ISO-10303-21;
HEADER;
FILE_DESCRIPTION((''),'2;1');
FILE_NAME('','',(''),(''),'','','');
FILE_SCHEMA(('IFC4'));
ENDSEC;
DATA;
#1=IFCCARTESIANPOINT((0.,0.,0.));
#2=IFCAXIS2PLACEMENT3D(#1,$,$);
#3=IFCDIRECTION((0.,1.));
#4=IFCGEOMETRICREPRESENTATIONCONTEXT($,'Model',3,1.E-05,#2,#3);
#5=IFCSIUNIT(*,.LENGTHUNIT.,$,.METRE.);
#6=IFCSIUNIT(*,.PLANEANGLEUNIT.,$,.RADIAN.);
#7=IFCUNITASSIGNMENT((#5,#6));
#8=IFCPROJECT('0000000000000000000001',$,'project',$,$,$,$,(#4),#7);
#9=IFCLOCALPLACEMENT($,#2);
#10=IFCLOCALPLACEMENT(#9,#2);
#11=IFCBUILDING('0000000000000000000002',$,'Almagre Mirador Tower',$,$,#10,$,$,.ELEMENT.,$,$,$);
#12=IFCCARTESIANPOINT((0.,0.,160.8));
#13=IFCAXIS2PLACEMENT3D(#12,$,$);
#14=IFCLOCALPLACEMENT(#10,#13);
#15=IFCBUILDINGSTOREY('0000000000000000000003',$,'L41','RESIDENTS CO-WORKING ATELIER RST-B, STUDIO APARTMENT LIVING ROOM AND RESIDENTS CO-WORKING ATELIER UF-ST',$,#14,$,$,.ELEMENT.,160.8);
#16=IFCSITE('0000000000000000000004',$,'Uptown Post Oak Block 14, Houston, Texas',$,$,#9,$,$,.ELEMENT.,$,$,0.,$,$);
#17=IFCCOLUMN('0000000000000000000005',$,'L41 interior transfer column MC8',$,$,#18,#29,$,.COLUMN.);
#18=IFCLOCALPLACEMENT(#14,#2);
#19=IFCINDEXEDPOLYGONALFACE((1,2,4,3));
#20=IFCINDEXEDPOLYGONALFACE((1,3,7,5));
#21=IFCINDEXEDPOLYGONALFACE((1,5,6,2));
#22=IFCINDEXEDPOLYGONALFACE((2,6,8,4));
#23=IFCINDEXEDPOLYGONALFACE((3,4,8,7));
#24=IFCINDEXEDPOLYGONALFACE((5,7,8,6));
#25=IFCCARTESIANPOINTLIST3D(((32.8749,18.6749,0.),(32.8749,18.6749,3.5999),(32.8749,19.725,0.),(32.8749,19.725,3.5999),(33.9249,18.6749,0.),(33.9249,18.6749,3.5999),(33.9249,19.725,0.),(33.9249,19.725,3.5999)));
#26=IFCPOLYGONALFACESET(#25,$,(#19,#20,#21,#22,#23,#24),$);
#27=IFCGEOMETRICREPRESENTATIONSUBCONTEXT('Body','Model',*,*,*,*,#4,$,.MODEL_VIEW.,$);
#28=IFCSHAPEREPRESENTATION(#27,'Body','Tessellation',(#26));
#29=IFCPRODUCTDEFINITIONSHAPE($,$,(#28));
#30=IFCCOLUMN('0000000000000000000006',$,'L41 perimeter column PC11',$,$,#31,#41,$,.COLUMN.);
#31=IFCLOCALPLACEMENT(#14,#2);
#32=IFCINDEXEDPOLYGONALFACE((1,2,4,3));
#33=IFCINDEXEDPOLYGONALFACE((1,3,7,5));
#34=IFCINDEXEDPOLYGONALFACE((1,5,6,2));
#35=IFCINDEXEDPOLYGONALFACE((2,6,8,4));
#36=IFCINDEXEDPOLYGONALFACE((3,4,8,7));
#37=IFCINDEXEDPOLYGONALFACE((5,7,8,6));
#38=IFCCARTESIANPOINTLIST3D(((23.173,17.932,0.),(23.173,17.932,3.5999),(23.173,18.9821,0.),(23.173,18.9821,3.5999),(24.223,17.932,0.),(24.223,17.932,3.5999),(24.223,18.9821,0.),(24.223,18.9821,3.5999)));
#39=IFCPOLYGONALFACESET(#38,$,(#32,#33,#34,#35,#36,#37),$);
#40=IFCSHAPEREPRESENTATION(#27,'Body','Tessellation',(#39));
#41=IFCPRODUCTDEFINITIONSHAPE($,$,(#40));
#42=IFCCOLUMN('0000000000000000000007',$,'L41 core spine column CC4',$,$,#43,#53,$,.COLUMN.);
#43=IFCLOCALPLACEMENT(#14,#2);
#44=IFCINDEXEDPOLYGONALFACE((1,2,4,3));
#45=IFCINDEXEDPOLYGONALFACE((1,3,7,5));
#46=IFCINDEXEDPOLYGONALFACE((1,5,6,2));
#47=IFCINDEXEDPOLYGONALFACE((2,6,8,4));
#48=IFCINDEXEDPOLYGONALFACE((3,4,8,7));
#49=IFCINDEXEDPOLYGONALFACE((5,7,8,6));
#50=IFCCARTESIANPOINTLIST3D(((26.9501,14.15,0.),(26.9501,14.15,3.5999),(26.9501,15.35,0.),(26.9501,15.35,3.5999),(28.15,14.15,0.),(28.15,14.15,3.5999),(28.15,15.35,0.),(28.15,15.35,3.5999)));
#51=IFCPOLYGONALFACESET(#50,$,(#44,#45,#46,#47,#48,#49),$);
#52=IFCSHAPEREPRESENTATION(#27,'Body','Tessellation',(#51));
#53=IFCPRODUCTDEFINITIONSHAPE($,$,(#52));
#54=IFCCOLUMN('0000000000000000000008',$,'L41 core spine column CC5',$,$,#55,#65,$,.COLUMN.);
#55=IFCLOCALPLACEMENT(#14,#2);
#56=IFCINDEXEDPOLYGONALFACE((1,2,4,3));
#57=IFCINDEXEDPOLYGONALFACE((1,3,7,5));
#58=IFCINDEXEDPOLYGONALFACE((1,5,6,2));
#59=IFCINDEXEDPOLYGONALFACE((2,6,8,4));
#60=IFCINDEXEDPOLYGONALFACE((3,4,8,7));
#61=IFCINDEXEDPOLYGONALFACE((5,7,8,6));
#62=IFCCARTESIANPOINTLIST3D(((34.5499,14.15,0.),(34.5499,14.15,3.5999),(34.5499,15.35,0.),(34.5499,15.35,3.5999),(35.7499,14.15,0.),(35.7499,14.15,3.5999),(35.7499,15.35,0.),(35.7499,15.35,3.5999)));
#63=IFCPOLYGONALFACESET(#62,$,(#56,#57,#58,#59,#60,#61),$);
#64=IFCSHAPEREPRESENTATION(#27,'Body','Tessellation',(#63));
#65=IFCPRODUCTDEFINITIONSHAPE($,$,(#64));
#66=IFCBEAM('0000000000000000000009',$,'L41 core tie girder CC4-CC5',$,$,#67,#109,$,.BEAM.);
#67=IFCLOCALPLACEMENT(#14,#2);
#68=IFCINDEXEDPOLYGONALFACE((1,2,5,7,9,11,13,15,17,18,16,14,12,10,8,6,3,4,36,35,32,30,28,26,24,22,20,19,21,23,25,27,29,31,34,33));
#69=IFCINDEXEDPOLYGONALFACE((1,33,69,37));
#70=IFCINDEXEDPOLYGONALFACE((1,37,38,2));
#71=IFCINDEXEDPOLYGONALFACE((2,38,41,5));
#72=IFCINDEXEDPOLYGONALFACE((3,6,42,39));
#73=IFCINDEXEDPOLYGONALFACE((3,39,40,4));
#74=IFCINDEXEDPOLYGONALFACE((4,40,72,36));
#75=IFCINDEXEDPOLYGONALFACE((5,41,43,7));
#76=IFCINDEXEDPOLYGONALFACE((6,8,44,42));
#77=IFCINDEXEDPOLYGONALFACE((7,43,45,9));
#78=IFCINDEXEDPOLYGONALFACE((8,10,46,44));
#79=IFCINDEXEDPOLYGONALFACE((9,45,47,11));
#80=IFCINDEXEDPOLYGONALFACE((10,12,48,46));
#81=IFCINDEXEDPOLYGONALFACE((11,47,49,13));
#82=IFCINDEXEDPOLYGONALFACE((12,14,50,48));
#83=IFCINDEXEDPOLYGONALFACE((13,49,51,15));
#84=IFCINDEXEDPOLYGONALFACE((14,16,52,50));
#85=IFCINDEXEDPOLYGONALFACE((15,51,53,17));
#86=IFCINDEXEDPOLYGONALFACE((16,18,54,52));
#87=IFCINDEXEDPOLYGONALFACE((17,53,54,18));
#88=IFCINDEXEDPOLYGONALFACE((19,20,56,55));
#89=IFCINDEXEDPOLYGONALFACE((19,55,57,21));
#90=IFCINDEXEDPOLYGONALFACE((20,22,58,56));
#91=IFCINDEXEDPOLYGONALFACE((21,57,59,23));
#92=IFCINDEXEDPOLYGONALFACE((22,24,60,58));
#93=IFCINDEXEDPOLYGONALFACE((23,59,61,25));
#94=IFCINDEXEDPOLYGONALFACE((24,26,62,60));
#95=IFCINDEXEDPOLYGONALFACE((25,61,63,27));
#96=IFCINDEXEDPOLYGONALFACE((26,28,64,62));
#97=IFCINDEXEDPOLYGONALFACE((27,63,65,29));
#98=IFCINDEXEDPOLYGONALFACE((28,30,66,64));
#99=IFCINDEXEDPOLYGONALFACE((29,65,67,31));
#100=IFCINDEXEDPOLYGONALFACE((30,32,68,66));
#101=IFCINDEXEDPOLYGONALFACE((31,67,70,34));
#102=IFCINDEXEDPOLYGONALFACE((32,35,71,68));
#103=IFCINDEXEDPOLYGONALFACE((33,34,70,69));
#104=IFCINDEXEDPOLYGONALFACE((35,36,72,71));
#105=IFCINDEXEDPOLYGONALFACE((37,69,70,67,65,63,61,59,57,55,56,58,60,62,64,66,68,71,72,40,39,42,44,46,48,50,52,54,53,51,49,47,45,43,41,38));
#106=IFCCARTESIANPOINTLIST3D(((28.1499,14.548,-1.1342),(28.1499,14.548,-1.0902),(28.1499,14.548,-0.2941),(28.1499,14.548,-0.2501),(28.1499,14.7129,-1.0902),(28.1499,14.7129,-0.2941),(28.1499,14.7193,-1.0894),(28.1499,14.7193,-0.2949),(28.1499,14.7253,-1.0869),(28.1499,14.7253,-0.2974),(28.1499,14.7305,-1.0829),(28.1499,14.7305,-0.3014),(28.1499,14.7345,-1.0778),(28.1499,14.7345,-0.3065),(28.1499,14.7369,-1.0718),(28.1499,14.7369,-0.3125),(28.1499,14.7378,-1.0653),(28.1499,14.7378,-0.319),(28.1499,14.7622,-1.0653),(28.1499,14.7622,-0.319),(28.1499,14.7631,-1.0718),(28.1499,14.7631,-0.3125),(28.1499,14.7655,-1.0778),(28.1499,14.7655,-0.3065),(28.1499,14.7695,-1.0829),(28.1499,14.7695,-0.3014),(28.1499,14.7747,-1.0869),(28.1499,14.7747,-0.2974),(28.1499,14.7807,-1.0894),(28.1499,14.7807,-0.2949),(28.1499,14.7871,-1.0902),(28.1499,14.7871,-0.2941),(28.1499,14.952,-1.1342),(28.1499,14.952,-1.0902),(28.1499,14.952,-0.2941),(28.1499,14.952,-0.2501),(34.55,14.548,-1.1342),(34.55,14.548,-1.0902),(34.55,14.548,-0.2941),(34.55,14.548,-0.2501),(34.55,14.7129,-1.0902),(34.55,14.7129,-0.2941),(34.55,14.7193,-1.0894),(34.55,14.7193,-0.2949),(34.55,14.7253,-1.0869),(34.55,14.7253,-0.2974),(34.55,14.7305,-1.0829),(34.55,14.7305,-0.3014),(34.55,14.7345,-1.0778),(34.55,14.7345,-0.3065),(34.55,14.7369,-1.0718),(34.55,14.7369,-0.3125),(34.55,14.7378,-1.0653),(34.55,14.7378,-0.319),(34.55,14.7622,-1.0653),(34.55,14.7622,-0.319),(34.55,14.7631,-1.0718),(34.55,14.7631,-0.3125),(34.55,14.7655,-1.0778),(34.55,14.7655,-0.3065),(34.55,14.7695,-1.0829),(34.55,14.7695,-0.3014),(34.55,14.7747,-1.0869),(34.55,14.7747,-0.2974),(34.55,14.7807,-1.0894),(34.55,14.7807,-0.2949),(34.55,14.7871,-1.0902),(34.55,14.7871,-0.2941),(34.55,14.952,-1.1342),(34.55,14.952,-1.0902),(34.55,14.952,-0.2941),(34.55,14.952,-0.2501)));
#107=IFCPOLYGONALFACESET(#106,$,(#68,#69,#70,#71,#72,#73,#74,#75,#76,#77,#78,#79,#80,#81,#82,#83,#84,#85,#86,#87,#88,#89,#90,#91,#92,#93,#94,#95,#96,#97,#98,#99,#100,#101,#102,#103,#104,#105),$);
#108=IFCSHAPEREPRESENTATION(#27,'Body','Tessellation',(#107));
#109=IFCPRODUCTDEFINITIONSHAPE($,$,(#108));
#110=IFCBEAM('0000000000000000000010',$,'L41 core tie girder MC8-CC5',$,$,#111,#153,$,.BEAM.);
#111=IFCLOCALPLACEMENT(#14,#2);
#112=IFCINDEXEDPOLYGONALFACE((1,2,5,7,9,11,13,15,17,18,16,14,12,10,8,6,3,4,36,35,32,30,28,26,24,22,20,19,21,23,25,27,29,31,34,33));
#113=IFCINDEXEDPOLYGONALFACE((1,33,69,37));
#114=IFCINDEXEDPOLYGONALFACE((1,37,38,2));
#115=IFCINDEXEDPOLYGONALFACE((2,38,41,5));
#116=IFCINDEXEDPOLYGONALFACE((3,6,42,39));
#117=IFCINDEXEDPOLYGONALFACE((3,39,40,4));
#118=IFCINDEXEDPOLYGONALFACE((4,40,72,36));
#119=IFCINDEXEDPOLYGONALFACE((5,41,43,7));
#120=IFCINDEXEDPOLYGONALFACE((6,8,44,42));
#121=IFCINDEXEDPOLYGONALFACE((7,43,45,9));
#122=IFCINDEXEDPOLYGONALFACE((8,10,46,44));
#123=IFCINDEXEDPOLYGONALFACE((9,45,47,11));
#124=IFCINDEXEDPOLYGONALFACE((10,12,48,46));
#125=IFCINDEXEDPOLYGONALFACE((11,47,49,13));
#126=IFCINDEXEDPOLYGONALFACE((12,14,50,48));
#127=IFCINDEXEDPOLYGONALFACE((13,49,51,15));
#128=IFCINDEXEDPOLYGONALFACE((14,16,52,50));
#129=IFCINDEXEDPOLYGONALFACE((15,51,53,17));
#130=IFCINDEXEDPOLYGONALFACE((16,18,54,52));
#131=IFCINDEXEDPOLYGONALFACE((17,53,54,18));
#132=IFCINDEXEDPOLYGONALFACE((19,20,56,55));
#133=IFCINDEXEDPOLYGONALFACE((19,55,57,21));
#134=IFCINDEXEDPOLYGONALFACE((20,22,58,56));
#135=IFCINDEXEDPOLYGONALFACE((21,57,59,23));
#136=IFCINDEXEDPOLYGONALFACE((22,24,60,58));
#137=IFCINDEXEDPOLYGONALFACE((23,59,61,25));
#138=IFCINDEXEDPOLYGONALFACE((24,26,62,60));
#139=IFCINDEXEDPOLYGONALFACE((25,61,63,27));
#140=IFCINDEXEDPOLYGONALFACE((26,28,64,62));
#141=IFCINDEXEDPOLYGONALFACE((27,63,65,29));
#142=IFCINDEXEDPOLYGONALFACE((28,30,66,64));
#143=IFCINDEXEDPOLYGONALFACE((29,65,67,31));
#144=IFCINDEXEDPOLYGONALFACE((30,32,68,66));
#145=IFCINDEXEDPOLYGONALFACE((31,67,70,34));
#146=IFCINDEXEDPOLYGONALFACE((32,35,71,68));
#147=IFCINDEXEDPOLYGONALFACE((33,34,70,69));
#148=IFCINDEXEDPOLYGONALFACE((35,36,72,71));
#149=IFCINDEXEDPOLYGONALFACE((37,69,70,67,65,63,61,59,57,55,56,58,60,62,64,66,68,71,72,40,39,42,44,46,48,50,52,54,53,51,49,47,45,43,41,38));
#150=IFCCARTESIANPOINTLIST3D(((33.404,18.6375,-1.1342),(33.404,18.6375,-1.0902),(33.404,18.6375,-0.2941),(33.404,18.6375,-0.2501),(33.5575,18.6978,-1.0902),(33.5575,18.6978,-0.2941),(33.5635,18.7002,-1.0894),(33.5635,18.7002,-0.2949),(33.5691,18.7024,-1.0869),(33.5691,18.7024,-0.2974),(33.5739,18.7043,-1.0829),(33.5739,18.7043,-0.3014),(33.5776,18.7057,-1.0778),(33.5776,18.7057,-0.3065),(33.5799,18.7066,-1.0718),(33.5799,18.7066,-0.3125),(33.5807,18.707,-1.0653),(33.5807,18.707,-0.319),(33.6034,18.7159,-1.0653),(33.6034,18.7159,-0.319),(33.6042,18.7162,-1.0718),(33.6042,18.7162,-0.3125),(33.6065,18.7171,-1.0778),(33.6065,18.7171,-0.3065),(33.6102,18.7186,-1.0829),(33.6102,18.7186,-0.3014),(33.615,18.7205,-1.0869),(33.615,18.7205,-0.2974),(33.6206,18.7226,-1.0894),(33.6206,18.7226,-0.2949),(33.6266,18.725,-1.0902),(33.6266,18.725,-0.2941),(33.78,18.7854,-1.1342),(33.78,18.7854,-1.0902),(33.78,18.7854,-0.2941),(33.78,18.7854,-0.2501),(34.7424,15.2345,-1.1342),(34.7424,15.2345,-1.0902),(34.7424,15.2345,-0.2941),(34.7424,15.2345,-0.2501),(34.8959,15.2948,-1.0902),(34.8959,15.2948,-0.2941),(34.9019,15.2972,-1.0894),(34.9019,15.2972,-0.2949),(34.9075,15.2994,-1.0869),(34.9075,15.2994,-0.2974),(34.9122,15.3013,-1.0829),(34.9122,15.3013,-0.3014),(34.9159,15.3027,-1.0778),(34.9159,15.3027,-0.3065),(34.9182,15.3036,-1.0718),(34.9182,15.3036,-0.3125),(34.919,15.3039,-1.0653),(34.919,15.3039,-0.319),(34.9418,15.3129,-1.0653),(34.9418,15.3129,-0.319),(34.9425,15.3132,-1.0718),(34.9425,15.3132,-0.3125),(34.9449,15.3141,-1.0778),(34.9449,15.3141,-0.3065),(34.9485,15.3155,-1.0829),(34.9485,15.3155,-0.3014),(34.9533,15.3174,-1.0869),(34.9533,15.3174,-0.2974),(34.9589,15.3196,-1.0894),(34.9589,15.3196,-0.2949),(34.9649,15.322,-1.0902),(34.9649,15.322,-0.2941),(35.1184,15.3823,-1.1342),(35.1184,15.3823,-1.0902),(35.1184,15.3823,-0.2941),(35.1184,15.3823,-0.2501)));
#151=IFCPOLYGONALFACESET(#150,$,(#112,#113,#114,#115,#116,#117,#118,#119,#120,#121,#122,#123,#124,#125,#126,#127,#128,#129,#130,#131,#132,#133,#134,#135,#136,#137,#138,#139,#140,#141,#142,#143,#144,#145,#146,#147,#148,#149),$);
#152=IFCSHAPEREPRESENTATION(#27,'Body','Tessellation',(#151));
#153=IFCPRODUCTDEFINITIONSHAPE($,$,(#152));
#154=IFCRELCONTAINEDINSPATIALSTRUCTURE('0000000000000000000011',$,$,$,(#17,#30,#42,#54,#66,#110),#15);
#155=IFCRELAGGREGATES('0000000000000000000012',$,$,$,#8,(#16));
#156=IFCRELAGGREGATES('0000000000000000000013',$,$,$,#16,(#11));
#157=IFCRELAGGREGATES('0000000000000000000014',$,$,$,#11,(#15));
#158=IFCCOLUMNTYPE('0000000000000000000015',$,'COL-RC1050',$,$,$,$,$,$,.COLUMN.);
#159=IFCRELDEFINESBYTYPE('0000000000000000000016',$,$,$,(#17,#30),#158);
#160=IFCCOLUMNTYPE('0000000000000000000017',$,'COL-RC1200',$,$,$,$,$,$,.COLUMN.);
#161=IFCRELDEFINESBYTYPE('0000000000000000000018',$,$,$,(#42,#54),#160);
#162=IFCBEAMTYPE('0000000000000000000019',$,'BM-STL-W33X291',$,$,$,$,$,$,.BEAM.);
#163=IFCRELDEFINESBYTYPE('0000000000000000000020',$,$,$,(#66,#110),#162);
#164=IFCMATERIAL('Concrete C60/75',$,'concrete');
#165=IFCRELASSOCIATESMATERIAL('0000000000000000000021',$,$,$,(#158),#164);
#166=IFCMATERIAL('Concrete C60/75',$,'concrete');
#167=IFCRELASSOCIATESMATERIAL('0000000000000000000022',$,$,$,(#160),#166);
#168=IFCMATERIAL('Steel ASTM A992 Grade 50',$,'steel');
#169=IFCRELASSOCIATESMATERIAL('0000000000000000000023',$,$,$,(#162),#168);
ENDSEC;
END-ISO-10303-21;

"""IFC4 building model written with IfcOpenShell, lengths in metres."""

from ifc_helpers import new_model, si_unit, direction, frame, origin, origin_2d, place, context, subcontext, project, spatial, rectangle, i_section, extrude, material, material_profile, profile_set, type_object, element, save


model = new_model("IFC4")

# Units and contexts
model_context = context("Model", 3, precision=1e-05, world=origin(), true_north=direction((0.0, 1.0)))
body_context = subcontext(model_context, "Body", "Model", "MODEL_VIEW")
ifc_project = project(units=[si_unit("LENGTHUNIT", "METRE"), si_unit("PLANEANGLEUNIT", "RADIAN")], contexts=[model_context])

# Site, building, storey
site_placement = place(None, origin())
site = spatial("IfcSite", under=ifc_project, at=site_placement, Name="Uptown Post Oak Block 14, Houston, Texas", CompositionType="ELEMENT", RefElevation=0.0)
building_placement = place(site_placement, origin())
building = spatial("IfcBuilding", under=site, at=building_placement, Name="Almagre Mirador Tower", CompositionType="ELEMENT")
storey_placement = place(building_placement, frame((0.0, 0.0, 160.8)))
storey = spatial("IfcBuildingStorey", under=building, at=storey_placement, Name="L41", Description="RESIDENTS CO-WORKING ATELIER RST-B, STUDIO APARTMENT LIVING ROOM AND RESIDENTS CO-WORKING ATELIER UF-ST", CompositionType="ELEMENT", Elevation=160.8)

# Columns
ifc_material_1 = material(Name="Concrete C60/75", Category="concrete")
ifc_material_profile_1 = material_profile(ifc_material_1, rectangle(XDim=1.05, YDim=1.05, at=origin_2d()), Name="RC1050X1050")
ifc_profile_set_1 = profile_set([ifc_material_profile_1], Name="Concrete C60/75")
column_type_1 = type_object("IfcColumnType", Name="COL-RC1050", PredefinedType="COLUMN", material=ifc_profile_set_1)
for number, where, z_axis, x_axis, name in (
    (1, (33.3999, 19.2, 0.0), (0.0, 0.0, 1.0), (1.0, 0.0, 0.0), "L41 interior transfer column MC8"),
    (2, (23.698, 18.457, 0.0), (0.0, 0.0, 1.0), (1.0, 0.0, 0.0), "L41 perimeter column PC11"),
):
    element("IfcColumn", number, at=place(storey_placement, frame(where, z_axis=z_axis, x_axis=x_axis)), inside=storey, type_object=column_type_1, Name=name, PredefinedType="COLUMN", context=body_context, shape_type="SweptSolid", body=[
        extrude(rectangle(XDim=1.05, YDim=1.05, at=origin_2d()), origin(), (0.0, 0.0, 1.0), 3.5999),
    ])
ifc_material_2 = material(Name="Concrete C60/75", Category="concrete")
ifc_material_profile_2 = material_profile(ifc_material_2, rectangle(XDim=1.2, YDim=1.2, at=origin_2d()), Name="RC1200X1200")
ifc_profile_set_2 = profile_set([ifc_material_profile_2], Name="Concrete C60/75")
column_type_2 = type_object("IfcColumnType", Name="COL-RC1200", PredefinedType="COLUMN", material=ifc_profile_set_2)
for number, where, z_axis, x_axis, name in (
    (3, (27.55, 14.75, 0.0), (0.0, 0.0, 1.0), (1.0, 0.0, 0.0), "L41 core spine column CC4"),
    (4, (35.1499, 14.75, 0.0), (0.0, 0.0, 1.0), (1.0, 0.0, 0.0), "L41 core spine column CC5"),
):
    element("IfcColumn", number, at=place(storey_placement, frame(where, z_axis=z_axis, x_axis=x_axis)), inside=storey, type_object=column_type_2, Name=name, PredefinedType="COLUMN", context=body_context, shape_type="SweptSolid", body=[
        extrude(rectangle(XDim=1.2, YDim=1.2, at=origin_2d()), origin(), (0.0, 0.0, 1.0), 3.5999),
    ])

# Beams
ifc_material_3 = material(Name="Steel ASTM A992 Grade 50", Category="steel")
ifc_material_profile_3 = material_profile(ifc_material_3, i_section(OverallWidth=0.4041, OverallDepth=0.884, WebThickness=0.0244, FlangeThickness=0.0439, FilletRadius=0.0249, at=origin_2d()), Name="W33X291")
ifc_profile_set_3 = profile_set([ifc_material_profile_3], Name="Steel ASTM A992 Grade 50")
beam_type_1 = type_object("IfcBeamType", Name="BM-STL-W33X291", PredefinedType="BEAM", material=ifc_profile_set_3)
beam_1_placement = place(storey_placement, frame((28.1499, 14.75, -0.6921), z_axis=(1.0, 0.0, 0.0), x_axis=(0.0, 1.0, 0.0)))
element("IfcBeam", 5, at=beam_1_placement, inside=storey, type_object=beam_type_1, Name="L41 core tie girder CC4-CC5", PredefinedType="BEAM", context=body_context, shape_type="SweptSolid", body=[
    extrude(i_section(OverallWidth=0.4041, OverallDepth=0.884, WebThickness=0.0244, FlangeThickness=0.0439, FilletRadius=0.0249, at=origin_2d()), origin(), (0.0, 0.0, 1.0), 6.4001),
])
beam_2_placement = place(storey_placement, frame((33.592, 18.7114, -0.6921), z_axis=(0.365997, -0.930616, 0.0), x_axis=(0.930616, 0.365997, 0.0)))
element("IfcBeam", 6, at=beam_2_placement, inside=storey, type_object=beam_type_1, Name="L41 core tie girder MC8-CC5", PredefinedType="BEAM", context=body_context, shape_type="SweptSolid", body=[
    extrude(i_section(OverallWidth=0.4041, OverallDepth=0.884, WebThickness=0.0244, FlangeThickness=0.0439, FilletRadius=0.0249, at=origin_2d()), origin(), (0.0, 0.0, 1.0), 3.6567),
])

save(model, "model.ifc")
